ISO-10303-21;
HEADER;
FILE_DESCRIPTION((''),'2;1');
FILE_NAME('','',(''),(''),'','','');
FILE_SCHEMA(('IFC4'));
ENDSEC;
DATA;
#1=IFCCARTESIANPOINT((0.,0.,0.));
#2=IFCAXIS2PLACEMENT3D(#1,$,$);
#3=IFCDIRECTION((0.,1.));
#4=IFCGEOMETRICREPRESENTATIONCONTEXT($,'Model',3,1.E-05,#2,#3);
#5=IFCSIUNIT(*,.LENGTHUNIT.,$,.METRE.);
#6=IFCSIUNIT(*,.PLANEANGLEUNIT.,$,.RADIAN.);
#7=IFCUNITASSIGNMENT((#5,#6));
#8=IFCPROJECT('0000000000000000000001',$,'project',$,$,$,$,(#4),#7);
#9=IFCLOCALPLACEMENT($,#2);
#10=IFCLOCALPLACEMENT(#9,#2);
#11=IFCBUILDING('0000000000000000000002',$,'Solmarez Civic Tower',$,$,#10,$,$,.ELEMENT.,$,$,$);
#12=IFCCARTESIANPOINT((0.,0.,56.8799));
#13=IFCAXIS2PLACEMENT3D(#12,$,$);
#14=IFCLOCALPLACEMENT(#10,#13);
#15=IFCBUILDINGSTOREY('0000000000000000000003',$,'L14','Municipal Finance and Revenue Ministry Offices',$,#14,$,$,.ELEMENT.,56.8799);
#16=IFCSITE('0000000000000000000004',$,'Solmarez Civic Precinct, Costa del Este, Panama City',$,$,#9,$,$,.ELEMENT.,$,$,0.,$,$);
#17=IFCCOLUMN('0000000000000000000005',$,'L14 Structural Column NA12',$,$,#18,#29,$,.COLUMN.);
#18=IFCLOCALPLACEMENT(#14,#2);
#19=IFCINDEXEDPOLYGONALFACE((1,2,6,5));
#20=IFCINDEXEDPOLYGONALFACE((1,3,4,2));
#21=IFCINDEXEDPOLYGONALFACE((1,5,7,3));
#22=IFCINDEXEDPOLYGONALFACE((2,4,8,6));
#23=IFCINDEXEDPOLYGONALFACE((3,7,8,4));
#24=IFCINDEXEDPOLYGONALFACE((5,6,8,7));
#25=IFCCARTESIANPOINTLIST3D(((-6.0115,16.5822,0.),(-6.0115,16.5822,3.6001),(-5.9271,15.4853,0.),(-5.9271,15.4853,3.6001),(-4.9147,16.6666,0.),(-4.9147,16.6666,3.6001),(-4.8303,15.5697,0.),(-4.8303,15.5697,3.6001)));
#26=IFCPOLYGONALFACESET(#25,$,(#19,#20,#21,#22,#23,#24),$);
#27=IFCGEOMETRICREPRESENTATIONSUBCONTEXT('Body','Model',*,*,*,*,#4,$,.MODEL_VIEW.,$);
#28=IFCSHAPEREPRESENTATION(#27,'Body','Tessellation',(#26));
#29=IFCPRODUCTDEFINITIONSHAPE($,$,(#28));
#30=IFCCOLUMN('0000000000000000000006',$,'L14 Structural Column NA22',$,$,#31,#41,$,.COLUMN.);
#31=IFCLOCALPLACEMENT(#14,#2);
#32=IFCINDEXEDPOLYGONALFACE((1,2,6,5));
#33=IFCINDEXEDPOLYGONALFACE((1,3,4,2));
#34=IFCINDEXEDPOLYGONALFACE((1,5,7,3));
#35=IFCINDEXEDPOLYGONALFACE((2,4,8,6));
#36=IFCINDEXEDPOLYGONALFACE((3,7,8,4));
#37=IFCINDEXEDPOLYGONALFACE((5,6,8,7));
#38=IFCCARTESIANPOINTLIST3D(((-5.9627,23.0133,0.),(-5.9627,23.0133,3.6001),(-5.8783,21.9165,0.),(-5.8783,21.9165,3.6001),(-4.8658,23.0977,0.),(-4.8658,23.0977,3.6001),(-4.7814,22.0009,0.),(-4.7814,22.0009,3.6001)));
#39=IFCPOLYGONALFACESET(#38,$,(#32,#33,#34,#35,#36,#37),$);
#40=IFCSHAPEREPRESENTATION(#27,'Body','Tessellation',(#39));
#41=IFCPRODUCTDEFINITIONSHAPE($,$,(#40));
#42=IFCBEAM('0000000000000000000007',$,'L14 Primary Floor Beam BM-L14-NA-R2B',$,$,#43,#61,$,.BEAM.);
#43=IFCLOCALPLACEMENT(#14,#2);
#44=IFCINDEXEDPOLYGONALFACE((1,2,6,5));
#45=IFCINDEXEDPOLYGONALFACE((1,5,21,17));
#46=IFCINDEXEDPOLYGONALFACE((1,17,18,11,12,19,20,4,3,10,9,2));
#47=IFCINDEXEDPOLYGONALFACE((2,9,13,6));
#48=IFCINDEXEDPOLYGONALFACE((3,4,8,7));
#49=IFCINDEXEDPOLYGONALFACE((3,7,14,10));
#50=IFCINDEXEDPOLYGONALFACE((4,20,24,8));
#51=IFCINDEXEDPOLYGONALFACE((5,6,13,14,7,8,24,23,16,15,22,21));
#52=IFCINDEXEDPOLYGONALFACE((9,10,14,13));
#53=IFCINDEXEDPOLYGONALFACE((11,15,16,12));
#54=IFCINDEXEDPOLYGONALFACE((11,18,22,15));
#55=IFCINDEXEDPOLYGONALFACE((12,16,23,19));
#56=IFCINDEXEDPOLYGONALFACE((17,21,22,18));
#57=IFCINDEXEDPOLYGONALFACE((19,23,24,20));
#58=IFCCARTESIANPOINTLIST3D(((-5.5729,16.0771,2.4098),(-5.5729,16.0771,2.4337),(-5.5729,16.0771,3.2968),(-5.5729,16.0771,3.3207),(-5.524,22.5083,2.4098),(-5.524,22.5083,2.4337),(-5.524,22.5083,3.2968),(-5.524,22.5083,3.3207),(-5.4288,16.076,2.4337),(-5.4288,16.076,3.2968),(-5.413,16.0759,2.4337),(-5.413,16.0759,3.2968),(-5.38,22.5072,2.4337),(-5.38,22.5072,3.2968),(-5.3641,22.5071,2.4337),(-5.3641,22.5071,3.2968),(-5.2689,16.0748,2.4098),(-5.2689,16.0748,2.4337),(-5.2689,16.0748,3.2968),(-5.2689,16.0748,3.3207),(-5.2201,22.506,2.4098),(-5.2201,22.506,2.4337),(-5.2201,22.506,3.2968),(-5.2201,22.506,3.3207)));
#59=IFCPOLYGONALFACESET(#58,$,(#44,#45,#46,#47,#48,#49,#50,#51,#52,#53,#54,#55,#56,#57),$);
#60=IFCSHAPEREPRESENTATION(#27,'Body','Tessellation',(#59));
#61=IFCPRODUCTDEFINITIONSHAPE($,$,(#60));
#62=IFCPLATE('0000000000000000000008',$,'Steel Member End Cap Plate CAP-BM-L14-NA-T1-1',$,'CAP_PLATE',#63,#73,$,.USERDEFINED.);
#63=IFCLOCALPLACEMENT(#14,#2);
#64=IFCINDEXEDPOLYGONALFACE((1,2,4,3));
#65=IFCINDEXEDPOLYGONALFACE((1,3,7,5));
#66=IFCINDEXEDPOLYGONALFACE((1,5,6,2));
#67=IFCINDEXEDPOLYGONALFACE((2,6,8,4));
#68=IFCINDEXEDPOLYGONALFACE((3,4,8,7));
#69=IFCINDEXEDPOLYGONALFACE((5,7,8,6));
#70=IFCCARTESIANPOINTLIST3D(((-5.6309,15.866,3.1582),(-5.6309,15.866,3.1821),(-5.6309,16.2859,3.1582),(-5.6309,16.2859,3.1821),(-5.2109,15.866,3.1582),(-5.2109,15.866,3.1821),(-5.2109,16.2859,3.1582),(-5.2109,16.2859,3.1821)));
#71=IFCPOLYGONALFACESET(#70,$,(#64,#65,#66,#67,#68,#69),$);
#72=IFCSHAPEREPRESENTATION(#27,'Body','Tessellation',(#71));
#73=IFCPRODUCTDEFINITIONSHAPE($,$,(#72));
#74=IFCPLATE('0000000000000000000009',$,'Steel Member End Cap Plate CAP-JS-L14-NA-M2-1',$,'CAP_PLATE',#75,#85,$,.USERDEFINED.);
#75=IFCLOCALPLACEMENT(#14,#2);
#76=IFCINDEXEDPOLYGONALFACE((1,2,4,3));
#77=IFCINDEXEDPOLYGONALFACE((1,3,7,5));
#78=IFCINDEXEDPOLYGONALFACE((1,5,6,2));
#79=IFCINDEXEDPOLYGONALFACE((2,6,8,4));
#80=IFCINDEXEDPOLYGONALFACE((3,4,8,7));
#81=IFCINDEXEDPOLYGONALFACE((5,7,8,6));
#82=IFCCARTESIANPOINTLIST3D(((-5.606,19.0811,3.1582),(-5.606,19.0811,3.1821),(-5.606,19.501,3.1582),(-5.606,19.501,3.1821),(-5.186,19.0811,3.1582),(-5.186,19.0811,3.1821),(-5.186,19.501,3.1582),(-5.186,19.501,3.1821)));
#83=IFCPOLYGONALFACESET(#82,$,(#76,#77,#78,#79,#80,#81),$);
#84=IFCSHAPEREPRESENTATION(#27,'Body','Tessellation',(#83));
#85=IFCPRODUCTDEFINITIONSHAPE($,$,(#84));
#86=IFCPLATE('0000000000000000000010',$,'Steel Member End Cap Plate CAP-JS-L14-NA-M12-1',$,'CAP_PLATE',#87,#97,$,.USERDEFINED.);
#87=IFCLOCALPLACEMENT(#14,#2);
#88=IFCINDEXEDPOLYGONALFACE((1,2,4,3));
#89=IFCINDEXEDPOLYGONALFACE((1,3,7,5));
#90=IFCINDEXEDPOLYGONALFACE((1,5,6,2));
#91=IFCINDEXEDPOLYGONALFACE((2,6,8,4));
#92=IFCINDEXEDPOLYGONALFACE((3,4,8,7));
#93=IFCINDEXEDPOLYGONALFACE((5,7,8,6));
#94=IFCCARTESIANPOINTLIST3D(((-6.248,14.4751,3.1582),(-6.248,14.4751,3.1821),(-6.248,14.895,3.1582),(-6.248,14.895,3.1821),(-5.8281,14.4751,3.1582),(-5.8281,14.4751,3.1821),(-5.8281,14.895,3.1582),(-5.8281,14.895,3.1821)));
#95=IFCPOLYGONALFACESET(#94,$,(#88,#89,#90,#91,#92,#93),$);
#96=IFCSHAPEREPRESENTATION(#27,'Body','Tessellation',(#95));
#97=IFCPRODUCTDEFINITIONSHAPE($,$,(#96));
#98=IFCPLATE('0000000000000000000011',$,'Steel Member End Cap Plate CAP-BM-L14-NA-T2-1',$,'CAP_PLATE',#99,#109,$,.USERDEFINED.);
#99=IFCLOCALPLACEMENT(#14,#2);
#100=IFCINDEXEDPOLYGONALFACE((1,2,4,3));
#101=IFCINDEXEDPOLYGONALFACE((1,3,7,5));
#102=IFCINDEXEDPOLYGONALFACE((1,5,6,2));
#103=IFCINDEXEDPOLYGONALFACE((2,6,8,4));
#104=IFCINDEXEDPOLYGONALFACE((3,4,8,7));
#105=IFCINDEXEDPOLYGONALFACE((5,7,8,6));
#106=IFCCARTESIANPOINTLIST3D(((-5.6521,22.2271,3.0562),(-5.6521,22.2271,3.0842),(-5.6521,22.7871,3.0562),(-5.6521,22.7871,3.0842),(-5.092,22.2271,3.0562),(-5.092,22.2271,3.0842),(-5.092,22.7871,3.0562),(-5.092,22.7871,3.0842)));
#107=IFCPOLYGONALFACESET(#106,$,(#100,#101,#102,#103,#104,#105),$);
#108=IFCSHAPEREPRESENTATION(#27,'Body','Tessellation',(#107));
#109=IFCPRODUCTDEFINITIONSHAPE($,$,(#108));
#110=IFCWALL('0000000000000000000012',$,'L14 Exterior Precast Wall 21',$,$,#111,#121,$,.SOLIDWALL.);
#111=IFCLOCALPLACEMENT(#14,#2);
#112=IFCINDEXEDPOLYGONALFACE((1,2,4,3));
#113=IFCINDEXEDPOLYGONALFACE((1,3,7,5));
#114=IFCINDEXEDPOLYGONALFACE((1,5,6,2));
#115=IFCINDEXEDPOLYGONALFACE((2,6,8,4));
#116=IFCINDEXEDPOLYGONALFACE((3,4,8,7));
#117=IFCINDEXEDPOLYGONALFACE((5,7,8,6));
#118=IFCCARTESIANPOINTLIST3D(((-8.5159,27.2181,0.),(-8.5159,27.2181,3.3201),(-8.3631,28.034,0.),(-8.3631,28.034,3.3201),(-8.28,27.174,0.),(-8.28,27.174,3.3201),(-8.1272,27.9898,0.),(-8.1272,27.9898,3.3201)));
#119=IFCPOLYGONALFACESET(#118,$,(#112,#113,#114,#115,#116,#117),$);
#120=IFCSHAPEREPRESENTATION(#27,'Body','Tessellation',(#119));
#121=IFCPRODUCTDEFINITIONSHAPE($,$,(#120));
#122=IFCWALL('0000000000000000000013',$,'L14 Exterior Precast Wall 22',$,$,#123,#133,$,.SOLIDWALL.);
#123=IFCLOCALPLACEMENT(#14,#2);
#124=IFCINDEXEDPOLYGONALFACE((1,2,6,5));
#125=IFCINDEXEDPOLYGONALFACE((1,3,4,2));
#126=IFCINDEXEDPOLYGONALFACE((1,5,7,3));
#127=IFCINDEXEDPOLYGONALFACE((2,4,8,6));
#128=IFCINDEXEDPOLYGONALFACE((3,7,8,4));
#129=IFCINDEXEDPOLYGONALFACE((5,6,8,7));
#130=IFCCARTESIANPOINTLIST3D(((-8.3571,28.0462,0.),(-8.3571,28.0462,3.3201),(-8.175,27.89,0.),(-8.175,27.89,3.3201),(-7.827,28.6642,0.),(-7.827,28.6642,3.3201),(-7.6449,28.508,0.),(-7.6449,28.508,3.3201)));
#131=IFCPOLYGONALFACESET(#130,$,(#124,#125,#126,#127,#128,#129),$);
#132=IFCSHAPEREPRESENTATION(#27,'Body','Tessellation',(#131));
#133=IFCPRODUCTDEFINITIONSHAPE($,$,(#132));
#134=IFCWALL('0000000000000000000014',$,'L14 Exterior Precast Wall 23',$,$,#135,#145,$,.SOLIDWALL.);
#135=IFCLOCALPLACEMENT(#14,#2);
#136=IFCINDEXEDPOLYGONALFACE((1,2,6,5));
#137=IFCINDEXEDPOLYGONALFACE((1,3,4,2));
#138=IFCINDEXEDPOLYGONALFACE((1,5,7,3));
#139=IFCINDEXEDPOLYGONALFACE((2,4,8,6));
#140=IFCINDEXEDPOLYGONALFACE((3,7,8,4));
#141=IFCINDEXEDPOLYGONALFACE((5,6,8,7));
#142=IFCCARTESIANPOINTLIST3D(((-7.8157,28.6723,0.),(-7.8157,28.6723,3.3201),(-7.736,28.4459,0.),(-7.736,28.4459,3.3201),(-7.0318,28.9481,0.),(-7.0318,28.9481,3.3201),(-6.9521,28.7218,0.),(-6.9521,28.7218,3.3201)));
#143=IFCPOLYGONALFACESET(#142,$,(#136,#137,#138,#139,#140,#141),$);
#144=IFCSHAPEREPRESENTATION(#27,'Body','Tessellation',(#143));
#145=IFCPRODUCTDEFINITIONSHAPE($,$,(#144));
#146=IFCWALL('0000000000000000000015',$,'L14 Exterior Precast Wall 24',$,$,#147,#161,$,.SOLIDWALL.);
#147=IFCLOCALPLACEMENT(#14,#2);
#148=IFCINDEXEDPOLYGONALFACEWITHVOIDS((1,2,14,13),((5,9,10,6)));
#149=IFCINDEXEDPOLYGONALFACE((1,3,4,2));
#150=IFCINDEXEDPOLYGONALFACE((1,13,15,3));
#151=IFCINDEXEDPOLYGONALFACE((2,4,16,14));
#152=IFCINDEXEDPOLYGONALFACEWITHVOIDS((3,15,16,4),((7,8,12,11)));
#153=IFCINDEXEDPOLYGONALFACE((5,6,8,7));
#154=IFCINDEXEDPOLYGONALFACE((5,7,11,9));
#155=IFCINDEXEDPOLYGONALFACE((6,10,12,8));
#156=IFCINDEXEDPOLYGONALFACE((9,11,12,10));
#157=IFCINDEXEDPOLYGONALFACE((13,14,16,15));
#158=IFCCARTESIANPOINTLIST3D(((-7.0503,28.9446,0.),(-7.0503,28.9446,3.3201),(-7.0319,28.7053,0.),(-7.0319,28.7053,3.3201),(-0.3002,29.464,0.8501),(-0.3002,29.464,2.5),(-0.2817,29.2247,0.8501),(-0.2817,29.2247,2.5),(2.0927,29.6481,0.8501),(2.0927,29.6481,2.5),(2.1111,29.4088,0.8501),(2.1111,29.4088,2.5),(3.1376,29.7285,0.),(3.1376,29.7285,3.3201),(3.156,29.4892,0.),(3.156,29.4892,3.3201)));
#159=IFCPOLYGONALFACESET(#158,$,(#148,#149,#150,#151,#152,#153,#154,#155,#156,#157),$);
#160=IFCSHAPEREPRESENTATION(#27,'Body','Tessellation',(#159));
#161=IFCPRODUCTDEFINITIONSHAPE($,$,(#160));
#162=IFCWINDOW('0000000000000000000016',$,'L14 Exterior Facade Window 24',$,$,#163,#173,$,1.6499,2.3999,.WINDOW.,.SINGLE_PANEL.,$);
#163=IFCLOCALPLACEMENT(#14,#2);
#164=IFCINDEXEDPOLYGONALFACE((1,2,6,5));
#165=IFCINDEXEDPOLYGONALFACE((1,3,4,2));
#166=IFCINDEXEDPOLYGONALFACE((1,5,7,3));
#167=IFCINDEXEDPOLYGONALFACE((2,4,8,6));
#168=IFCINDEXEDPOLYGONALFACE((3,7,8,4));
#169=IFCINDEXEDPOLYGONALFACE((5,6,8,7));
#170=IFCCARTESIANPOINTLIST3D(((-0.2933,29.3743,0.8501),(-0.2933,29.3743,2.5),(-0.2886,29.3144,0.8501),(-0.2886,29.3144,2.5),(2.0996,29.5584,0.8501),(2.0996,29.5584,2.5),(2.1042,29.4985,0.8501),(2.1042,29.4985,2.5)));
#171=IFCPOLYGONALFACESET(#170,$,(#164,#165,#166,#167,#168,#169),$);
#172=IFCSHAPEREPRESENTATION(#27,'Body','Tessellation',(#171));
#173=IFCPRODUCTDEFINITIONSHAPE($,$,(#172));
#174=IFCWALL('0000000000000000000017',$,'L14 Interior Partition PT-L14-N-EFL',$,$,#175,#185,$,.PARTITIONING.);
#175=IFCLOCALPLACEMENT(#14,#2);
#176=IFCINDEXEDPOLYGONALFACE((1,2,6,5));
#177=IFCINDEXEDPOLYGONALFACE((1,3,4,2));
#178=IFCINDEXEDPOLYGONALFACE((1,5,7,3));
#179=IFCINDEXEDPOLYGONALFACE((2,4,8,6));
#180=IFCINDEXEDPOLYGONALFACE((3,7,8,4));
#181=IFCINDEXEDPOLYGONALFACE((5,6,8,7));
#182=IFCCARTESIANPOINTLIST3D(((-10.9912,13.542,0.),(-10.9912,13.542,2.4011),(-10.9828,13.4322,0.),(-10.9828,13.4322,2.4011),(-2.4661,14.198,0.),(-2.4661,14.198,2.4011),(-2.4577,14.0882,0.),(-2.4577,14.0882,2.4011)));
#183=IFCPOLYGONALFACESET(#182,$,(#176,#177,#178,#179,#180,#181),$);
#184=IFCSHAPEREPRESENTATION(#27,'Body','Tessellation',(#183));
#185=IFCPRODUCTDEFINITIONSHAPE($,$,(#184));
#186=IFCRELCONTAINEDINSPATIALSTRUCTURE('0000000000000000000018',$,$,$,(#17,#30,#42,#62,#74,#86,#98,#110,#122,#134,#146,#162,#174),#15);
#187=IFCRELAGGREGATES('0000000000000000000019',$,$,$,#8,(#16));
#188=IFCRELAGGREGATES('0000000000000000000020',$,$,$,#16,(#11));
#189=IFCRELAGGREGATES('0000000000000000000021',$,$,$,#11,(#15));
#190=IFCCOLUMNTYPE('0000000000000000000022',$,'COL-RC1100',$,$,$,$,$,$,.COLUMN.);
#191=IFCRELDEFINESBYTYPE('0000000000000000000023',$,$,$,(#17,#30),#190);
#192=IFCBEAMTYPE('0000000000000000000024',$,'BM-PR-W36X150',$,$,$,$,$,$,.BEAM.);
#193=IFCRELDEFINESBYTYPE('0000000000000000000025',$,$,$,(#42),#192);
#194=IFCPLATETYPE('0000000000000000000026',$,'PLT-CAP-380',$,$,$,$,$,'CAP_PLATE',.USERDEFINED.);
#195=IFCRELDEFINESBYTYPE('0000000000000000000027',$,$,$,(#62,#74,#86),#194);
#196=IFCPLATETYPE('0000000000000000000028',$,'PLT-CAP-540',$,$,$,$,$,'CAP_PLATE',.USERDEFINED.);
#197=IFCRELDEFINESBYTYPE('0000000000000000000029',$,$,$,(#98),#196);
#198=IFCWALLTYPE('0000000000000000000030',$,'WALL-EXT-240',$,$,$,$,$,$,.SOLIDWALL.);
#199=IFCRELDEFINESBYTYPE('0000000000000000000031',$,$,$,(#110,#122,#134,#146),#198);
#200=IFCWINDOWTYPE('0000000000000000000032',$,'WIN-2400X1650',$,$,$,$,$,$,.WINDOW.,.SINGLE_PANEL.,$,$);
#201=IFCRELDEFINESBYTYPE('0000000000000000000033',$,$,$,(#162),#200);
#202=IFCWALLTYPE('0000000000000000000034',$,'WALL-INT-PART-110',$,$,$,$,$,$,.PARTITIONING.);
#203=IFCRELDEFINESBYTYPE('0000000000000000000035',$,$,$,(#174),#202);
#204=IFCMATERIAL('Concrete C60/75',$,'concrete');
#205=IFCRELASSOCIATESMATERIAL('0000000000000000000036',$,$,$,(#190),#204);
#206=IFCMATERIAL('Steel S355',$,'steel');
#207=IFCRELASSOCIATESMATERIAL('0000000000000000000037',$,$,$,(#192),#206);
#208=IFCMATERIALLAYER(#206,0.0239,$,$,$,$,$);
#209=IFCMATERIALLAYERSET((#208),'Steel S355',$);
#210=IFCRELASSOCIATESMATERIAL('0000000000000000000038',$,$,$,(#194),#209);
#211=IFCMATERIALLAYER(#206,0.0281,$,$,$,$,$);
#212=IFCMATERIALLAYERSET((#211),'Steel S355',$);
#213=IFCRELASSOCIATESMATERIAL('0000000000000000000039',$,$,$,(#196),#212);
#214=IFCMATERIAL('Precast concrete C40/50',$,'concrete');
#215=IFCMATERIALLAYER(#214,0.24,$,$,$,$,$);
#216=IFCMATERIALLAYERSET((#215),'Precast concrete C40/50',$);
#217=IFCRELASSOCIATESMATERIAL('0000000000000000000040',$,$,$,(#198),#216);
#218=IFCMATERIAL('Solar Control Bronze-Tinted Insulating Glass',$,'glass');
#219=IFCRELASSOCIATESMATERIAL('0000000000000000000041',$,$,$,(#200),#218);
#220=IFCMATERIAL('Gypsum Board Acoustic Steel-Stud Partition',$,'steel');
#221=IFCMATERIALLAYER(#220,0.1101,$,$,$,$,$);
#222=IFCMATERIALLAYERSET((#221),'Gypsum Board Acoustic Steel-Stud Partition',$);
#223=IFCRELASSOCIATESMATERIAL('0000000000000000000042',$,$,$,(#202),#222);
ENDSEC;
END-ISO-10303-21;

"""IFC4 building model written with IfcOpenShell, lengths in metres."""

from ifc_helpers import new_model, si_unit, direction, frame, frame_2d, origin, origin_2d, place, context, subcontext, project, spatial, rectangle, i_section, extrude, material, layer, layer_set, material_profile, profile_set, type_object, element, fill, save


model = new_model("IFC4")

# Units and contexts
model_context = context("Model", 3, precision=1e-05, world=origin(), true_north=direction((0.0, 1.0)))
body_context = subcontext(model_context, "Body", "Model", "MODEL_VIEW")
ifc_project = project(units=[si_unit("LENGTHUNIT", "METRE"), si_unit("PLANEANGLEUNIT", "RADIAN")], contexts=[model_context])

# Site, building, storey
site_placement = place(None, origin())
site = spatial("IfcSite", under=ifc_project, at=site_placement, Name="Solmarez Civic Precinct, Costa del Este, Panama City", CompositionType="ELEMENT", RefElevation=0.0)
building_placement = place(site_placement, origin())
building = spatial("IfcBuilding", under=site, at=building_placement, Name="Solmarez Civic Tower", CompositionType="ELEMENT")
storey_placement = place(building_placement, frame((0.0, 0.0, 56.8799)))
storey = spatial("IfcBuildingStorey", under=building, at=storey_placement, Name="L14", Description="Municipal Finance and Revenue Ministry Offices", CompositionType="ELEMENT", Elevation=56.8799)

# Columns
ifc_material_1 = material(Name="Concrete C60/75", Category="concrete")
ifc_material_profile_1 = material_profile(ifc_material_1, rectangle(XDim=1.1001, YDim=1.1001, at=origin_2d()), Name="RC1100X1100")
ifc_profile_set_1 = profile_set([ifc_material_profile_1], Name="Concrete C60/75")
column_type = type_object("IfcColumnType", Name="COL-RC1100", PredefinedType="COLUMN", material=ifc_profile_set_1)
for number, where, z_axis, x_axis, name in (
    (1, (-5.4209, 16.0759, 0.0), (0.0, 0.0, 1.0), (0.997053, 0.076719, 0.0), "L14 Structural Column NA12"),
    (2, (-5.3721, 22.5071, 0.0), (0.0, 0.0, 1.0), (0.997053, 0.076719, 0.0), "L14 Structural Column NA22"),
):
    element("IfcColumn", number, at=place(storey_placement, frame(where, z_axis=z_axis, x_axis=x_axis)), inside=storey, type_object=column_type, Name=name, PredefinedType="COLUMN", context=body_context, shape_type="SweptSolid", body=[
        extrude(rectangle(XDim=1.1001, YDim=1.1001, at=origin_2d()), origin(), (0.0, 0.0, 1.0), 3.6001),
    ])

# Beam
ifc_material_2 = material(Name="Steel S355", Category="steel")
ifc_material_profile_2 = material_profile(ifc_material_2, i_section(OverallWidth=0.304, OverallDepth=0.9109, WebThickness=0.0159, FlangeThickness=0.0239, at=origin_2d()), Name="W36X150")
ifc_profile_set_2 = profile_set([ifc_material_profile_2], Name="Steel S355")
beam_type = type_object("IfcBeamType", Name="BM-PR-W36X150", PredefinedType="BEAM", material=ifc_profile_set_2)
beam_placement = place(storey_placement, frame((-5.4209, 16.0759, 2.8652), z_axis=(0.007592, 0.999971, 0.0), x_axis=(-0.999971, 0.007592, 0.0)))
element("IfcBeam", 3, at=beam_placement, inside=storey, type_object=beam_type, Name="L14 Primary Floor Beam BM-L14-NA-R2B", PredefinedType="BEAM", context=body_context, shape_type="SweptSolid", body=[
    extrude(i_section(OverallWidth=0.304, OverallDepth=0.9109, WebThickness=0.0159, FlangeThickness=0.0239, at=origin_2d()), origin(), (0.0, 0.0, 1.0), 6.4314),
])

# Plates
ifc_layer_1 = layer(ifc_material_2, 0.0239)
ifc_layer_set_1 = layer_set([ifc_layer_1], Name="Steel S355")
plate_type_1 = type_object("IfcPlateType", Name="PLT-CAP-380", ElementType="CAP_PLATE", PredefinedType="USERDEFINED", material=ifc_layer_set_1)
for number, where, z_axis, x_axis, name in (
    (4, (-5.4209, 16.0759, 3.1582), (0.0, 0.0, 1.0), (1.0, 0.0, 0.0), "Steel Member End Cap Plate CAP-BM-L14-NA-T1-1"),
    (5, (-5.396, 19.291, 3.1582), (0.0, 0.0, 1.0), (1.0, 0.0, 0.0), "Steel Member End Cap Plate CAP-JS-L14-NA-M2-1"),
    (6, (-6.0381, 14.6851, 3.1582), (0.0, 0.0, 1.0), (1.0, 0.0, 0.0), "Steel Member End Cap Plate CAP-JS-L14-NA-M12-1"),
):
    element("IfcPlate", number, at=place(storey_placement, frame(where, z_axis=z_axis, x_axis=x_axis)), inside=storey, type_object=plate_type_1, Name=name, ObjectType="CAP_PLATE", PredefinedType="USERDEFINED", context=body_context, shape_type="SweptSolid", body=[
        extrude(rectangle(XDim=0.4199, YDim=0.4199, at=origin_2d()), origin(), (0.0, 0.0, 1.0), 0.0239),
    ])
ifc_layer_2 = layer(ifc_material_2, 0.0281)
ifc_layer_set_2 = layer_set([ifc_layer_2], Name="Steel S355")
plate_type_2 = type_object("IfcPlateType", Name="PLT-CAP-540", ElementType="CAP_PLATE", PredefinedType="USERDEFINED", material=ifc_layer_set_2)
plate_placement = place(storey_placement, frame((-5.3721, 22.5071, 3.0562), z_axis=(0.0, 0.0, 1.0), x_axis=(1.0, 0.0, 0.0)))
element("IfcPlate", 7, at=plate_placement, inside=storey, type_object=plate_type_2, Name="Steel Member End Cap Plate CAP-BM-L14-NA-T2-1", ObjectType="CAP_PLATE", PredefinedType="USERDEFINED", context=body_context, shape_type="SweptSolid", body=[
    extrude(rectangle(XDim=0.5601, YDim=0.5601, at=origin_2d()), origin(), (0.0, 0.0, 1.0), 0.0281),
])

# Walls
ifc_material_3 = material(Name="Precast concrete C40/50", Category="concrete")
ifc_layer_3 = layer(ifc_material_3, 0.24)
ifc_layer_set_3 = layer_set([ifc_layer_3], Name="Precast concrete C40/50")
wall_type_1 = type_object("IfcWallType", Name="WALL-EXT-240", PredefinedType="SOLIDWALL", material=ifc_layer_set_3)
wall_1_placement = place(storey_placement, frame((-8.3979, 27.196, 0.0), z_axis=(0.0, 0.0, 1.0), x_axis=(0.184111, 0.982905, 0.0)))
element("IfcWall", 8, at=wall_1_placement, inside=storey, type_object=wall_type_1, Name="L14 Exterior Precast Wall 21", PredefinedType="SOLIDWALL", context=body_context, shape_type="SweptSolid", body=[
    extrude(rectangle(XDim=0.8301, YDim=0.24, at=frame_2d((0.415, 0.0))), origin(), (0.0, 0.0, 1.0), 3.3201),
])
wall_2_placement = place(storey_placement, frame((-8.2661, 27.968, 0.0), z_axis=(0.0, 0.0, 1.0), x_axis=(0.651063, 0.759024, 0.0)))
element("IfcWall", 9, at=wall_2_placement, inside=storey, type_object=wall_type_1, Name="L14 Exterior Precast Wall 22", PredefinedType="SOLIDWALL", context=body_context, shape_type="SweptSolid", body=[
    extrude(rectangle(XDim=0.8142, YDim=0.24, at=frame_2d((0.4072, 0.0))), origin(), (0.0, 0.0, 1.0), 3.3201),
])
wall_3_placement = place(storey_placement, frame((-7.7759, 28.5591, 0.0), z_axis=(0.0, 0.0, 1.0), x_axis=(0.943294, 0.331959, 0.0)))
element("IfcWall", 10, at=wall_3_placement, inside=storey, type_object=wall_type_1, Name="L14 Exterior Precast Wall 23", PredefinedType="SOLIDWALL", context=body_context, shape_type="SweptSolid", body=[
    extrude(rectangle(XDim=0.8311, YDim=0.24, at=frame_2d((0.4155, 0.0))), origin(), (0.0, 0.0, 1.0), 3.3201),
])

# Wall, opening, window
wall_4_placement = place(storey_placement, frame((-7.041, 28.825, 0.0), z_axis=(0.0, 0.0, 1.0), x_axis=(0.997053, 0.07672, 0.0)))
wall_4 = element("IfcWall", 11, at=wall_4_placement, inside=storey, type_object=wall_type_1, Name="L14 Exterior Precast Wall 24", PredefinedType="SOLIDWALL", context=body_context, shape_type="SweptSolid", body=[
    extrude(rectangle(XDim=10.218, YDim=0.24, at=frame_2d((5.1089, 0.0))), origin(), (0.0, 0.0, 1.0), 3.3201),
])
opening_1_placement = place(wall_4_placement, frame((6.77, 0.0, 0.8501)))
opening_1 = element("IfcOpeningElement", 12, at=opening_1_placement, cuts=wall_4, PredefinedType="OPENING", context=body_context, shape_type="SweptSolid", body=[
    extrude(rectangle(XDim=2.3999, YDim=1.6499, at=frame_2d((1.2, 0.825))), frame((0.0, 0.1299, 0.0), z_axis=(0.0, -1.0, 0.0), x_axis=(1.0, 0.0, 0.0)), (0.0, 0.0, 1.0), 0.26),
])
ifc_material_4 = material(Name="Solar Control Bronze-Tinted Insulating Glass", Category="glass")
window_type = type_object("IfcWindowType", Name="WIN-2400X1650", PartitioningType="SINGLE_PANEL", PredefinedType="WINDOW", material=ifc_material_4)
window_placement = place(opening_1_placement, origin())
window = element("IfcWindow", 13, at=window_placement, inside=storey, type_object=window_type, Name="L14 Exterior Facade Window 24", OverallHeight=1.6499, OverallWidth=2.3999, PartitioningType="SINGLE_PANEL", PredefinedType="WINDOW", context=body_context, shape_type="SweptSolid", body=[
    extrude(rectangle(XDim=2.3999, YDim=1.6499, at=frame_2d((1.2, 0.825))), frame((0.0, 0.03, 0.0), z_axis=(0.0, -1.0, 0.0), x_axis=(1.0, 0.0, 0.0)), (0.0, 0.0, 1.0), 0.0601),
])
fill(opening_1, window)

# Wall
ifc_material_5 = material(Name="Gypsum Board Acoustic Steel-Stud Partition", Category="steel")
ifc_layer_4 = layer(ifc_material_5, 0.1101)
ifc_layer_set_4 = layer_set([ifc_layer_4], Name="Gypsum Board Acoustic Steel-Stud Partition")
wall_type_2 = type_object("IfcWallType", Name="WALL-INT-PART-110", PredefinedType="PARTITIONING", material=ifc_layer_set_4)
wall_5_placement = place(storey_placement, frame((-2.4619, 14.1431, 0.0), z_axis=(0.0, 0.0, 1.0), x_axis=(-0.997052, -0.076723, 0.0)))
element("IfcWall", 14, at=wall_5_placement, inside=storey, type_object=wall_type_2, Name="L14 Interior Partition PT-L14-N-EFL", PredefinedType="PARTITIONING", context=body_context, shape_type="SweptSolid", body=[
    extrude(rectangle(XDim=8.5503, YDim=0.1101, at=frame_2d((4.2751, 0.0))), origin(), (0.0, 0.0, 1.0), 2.4011),
])

save(model, "model.ifc")
